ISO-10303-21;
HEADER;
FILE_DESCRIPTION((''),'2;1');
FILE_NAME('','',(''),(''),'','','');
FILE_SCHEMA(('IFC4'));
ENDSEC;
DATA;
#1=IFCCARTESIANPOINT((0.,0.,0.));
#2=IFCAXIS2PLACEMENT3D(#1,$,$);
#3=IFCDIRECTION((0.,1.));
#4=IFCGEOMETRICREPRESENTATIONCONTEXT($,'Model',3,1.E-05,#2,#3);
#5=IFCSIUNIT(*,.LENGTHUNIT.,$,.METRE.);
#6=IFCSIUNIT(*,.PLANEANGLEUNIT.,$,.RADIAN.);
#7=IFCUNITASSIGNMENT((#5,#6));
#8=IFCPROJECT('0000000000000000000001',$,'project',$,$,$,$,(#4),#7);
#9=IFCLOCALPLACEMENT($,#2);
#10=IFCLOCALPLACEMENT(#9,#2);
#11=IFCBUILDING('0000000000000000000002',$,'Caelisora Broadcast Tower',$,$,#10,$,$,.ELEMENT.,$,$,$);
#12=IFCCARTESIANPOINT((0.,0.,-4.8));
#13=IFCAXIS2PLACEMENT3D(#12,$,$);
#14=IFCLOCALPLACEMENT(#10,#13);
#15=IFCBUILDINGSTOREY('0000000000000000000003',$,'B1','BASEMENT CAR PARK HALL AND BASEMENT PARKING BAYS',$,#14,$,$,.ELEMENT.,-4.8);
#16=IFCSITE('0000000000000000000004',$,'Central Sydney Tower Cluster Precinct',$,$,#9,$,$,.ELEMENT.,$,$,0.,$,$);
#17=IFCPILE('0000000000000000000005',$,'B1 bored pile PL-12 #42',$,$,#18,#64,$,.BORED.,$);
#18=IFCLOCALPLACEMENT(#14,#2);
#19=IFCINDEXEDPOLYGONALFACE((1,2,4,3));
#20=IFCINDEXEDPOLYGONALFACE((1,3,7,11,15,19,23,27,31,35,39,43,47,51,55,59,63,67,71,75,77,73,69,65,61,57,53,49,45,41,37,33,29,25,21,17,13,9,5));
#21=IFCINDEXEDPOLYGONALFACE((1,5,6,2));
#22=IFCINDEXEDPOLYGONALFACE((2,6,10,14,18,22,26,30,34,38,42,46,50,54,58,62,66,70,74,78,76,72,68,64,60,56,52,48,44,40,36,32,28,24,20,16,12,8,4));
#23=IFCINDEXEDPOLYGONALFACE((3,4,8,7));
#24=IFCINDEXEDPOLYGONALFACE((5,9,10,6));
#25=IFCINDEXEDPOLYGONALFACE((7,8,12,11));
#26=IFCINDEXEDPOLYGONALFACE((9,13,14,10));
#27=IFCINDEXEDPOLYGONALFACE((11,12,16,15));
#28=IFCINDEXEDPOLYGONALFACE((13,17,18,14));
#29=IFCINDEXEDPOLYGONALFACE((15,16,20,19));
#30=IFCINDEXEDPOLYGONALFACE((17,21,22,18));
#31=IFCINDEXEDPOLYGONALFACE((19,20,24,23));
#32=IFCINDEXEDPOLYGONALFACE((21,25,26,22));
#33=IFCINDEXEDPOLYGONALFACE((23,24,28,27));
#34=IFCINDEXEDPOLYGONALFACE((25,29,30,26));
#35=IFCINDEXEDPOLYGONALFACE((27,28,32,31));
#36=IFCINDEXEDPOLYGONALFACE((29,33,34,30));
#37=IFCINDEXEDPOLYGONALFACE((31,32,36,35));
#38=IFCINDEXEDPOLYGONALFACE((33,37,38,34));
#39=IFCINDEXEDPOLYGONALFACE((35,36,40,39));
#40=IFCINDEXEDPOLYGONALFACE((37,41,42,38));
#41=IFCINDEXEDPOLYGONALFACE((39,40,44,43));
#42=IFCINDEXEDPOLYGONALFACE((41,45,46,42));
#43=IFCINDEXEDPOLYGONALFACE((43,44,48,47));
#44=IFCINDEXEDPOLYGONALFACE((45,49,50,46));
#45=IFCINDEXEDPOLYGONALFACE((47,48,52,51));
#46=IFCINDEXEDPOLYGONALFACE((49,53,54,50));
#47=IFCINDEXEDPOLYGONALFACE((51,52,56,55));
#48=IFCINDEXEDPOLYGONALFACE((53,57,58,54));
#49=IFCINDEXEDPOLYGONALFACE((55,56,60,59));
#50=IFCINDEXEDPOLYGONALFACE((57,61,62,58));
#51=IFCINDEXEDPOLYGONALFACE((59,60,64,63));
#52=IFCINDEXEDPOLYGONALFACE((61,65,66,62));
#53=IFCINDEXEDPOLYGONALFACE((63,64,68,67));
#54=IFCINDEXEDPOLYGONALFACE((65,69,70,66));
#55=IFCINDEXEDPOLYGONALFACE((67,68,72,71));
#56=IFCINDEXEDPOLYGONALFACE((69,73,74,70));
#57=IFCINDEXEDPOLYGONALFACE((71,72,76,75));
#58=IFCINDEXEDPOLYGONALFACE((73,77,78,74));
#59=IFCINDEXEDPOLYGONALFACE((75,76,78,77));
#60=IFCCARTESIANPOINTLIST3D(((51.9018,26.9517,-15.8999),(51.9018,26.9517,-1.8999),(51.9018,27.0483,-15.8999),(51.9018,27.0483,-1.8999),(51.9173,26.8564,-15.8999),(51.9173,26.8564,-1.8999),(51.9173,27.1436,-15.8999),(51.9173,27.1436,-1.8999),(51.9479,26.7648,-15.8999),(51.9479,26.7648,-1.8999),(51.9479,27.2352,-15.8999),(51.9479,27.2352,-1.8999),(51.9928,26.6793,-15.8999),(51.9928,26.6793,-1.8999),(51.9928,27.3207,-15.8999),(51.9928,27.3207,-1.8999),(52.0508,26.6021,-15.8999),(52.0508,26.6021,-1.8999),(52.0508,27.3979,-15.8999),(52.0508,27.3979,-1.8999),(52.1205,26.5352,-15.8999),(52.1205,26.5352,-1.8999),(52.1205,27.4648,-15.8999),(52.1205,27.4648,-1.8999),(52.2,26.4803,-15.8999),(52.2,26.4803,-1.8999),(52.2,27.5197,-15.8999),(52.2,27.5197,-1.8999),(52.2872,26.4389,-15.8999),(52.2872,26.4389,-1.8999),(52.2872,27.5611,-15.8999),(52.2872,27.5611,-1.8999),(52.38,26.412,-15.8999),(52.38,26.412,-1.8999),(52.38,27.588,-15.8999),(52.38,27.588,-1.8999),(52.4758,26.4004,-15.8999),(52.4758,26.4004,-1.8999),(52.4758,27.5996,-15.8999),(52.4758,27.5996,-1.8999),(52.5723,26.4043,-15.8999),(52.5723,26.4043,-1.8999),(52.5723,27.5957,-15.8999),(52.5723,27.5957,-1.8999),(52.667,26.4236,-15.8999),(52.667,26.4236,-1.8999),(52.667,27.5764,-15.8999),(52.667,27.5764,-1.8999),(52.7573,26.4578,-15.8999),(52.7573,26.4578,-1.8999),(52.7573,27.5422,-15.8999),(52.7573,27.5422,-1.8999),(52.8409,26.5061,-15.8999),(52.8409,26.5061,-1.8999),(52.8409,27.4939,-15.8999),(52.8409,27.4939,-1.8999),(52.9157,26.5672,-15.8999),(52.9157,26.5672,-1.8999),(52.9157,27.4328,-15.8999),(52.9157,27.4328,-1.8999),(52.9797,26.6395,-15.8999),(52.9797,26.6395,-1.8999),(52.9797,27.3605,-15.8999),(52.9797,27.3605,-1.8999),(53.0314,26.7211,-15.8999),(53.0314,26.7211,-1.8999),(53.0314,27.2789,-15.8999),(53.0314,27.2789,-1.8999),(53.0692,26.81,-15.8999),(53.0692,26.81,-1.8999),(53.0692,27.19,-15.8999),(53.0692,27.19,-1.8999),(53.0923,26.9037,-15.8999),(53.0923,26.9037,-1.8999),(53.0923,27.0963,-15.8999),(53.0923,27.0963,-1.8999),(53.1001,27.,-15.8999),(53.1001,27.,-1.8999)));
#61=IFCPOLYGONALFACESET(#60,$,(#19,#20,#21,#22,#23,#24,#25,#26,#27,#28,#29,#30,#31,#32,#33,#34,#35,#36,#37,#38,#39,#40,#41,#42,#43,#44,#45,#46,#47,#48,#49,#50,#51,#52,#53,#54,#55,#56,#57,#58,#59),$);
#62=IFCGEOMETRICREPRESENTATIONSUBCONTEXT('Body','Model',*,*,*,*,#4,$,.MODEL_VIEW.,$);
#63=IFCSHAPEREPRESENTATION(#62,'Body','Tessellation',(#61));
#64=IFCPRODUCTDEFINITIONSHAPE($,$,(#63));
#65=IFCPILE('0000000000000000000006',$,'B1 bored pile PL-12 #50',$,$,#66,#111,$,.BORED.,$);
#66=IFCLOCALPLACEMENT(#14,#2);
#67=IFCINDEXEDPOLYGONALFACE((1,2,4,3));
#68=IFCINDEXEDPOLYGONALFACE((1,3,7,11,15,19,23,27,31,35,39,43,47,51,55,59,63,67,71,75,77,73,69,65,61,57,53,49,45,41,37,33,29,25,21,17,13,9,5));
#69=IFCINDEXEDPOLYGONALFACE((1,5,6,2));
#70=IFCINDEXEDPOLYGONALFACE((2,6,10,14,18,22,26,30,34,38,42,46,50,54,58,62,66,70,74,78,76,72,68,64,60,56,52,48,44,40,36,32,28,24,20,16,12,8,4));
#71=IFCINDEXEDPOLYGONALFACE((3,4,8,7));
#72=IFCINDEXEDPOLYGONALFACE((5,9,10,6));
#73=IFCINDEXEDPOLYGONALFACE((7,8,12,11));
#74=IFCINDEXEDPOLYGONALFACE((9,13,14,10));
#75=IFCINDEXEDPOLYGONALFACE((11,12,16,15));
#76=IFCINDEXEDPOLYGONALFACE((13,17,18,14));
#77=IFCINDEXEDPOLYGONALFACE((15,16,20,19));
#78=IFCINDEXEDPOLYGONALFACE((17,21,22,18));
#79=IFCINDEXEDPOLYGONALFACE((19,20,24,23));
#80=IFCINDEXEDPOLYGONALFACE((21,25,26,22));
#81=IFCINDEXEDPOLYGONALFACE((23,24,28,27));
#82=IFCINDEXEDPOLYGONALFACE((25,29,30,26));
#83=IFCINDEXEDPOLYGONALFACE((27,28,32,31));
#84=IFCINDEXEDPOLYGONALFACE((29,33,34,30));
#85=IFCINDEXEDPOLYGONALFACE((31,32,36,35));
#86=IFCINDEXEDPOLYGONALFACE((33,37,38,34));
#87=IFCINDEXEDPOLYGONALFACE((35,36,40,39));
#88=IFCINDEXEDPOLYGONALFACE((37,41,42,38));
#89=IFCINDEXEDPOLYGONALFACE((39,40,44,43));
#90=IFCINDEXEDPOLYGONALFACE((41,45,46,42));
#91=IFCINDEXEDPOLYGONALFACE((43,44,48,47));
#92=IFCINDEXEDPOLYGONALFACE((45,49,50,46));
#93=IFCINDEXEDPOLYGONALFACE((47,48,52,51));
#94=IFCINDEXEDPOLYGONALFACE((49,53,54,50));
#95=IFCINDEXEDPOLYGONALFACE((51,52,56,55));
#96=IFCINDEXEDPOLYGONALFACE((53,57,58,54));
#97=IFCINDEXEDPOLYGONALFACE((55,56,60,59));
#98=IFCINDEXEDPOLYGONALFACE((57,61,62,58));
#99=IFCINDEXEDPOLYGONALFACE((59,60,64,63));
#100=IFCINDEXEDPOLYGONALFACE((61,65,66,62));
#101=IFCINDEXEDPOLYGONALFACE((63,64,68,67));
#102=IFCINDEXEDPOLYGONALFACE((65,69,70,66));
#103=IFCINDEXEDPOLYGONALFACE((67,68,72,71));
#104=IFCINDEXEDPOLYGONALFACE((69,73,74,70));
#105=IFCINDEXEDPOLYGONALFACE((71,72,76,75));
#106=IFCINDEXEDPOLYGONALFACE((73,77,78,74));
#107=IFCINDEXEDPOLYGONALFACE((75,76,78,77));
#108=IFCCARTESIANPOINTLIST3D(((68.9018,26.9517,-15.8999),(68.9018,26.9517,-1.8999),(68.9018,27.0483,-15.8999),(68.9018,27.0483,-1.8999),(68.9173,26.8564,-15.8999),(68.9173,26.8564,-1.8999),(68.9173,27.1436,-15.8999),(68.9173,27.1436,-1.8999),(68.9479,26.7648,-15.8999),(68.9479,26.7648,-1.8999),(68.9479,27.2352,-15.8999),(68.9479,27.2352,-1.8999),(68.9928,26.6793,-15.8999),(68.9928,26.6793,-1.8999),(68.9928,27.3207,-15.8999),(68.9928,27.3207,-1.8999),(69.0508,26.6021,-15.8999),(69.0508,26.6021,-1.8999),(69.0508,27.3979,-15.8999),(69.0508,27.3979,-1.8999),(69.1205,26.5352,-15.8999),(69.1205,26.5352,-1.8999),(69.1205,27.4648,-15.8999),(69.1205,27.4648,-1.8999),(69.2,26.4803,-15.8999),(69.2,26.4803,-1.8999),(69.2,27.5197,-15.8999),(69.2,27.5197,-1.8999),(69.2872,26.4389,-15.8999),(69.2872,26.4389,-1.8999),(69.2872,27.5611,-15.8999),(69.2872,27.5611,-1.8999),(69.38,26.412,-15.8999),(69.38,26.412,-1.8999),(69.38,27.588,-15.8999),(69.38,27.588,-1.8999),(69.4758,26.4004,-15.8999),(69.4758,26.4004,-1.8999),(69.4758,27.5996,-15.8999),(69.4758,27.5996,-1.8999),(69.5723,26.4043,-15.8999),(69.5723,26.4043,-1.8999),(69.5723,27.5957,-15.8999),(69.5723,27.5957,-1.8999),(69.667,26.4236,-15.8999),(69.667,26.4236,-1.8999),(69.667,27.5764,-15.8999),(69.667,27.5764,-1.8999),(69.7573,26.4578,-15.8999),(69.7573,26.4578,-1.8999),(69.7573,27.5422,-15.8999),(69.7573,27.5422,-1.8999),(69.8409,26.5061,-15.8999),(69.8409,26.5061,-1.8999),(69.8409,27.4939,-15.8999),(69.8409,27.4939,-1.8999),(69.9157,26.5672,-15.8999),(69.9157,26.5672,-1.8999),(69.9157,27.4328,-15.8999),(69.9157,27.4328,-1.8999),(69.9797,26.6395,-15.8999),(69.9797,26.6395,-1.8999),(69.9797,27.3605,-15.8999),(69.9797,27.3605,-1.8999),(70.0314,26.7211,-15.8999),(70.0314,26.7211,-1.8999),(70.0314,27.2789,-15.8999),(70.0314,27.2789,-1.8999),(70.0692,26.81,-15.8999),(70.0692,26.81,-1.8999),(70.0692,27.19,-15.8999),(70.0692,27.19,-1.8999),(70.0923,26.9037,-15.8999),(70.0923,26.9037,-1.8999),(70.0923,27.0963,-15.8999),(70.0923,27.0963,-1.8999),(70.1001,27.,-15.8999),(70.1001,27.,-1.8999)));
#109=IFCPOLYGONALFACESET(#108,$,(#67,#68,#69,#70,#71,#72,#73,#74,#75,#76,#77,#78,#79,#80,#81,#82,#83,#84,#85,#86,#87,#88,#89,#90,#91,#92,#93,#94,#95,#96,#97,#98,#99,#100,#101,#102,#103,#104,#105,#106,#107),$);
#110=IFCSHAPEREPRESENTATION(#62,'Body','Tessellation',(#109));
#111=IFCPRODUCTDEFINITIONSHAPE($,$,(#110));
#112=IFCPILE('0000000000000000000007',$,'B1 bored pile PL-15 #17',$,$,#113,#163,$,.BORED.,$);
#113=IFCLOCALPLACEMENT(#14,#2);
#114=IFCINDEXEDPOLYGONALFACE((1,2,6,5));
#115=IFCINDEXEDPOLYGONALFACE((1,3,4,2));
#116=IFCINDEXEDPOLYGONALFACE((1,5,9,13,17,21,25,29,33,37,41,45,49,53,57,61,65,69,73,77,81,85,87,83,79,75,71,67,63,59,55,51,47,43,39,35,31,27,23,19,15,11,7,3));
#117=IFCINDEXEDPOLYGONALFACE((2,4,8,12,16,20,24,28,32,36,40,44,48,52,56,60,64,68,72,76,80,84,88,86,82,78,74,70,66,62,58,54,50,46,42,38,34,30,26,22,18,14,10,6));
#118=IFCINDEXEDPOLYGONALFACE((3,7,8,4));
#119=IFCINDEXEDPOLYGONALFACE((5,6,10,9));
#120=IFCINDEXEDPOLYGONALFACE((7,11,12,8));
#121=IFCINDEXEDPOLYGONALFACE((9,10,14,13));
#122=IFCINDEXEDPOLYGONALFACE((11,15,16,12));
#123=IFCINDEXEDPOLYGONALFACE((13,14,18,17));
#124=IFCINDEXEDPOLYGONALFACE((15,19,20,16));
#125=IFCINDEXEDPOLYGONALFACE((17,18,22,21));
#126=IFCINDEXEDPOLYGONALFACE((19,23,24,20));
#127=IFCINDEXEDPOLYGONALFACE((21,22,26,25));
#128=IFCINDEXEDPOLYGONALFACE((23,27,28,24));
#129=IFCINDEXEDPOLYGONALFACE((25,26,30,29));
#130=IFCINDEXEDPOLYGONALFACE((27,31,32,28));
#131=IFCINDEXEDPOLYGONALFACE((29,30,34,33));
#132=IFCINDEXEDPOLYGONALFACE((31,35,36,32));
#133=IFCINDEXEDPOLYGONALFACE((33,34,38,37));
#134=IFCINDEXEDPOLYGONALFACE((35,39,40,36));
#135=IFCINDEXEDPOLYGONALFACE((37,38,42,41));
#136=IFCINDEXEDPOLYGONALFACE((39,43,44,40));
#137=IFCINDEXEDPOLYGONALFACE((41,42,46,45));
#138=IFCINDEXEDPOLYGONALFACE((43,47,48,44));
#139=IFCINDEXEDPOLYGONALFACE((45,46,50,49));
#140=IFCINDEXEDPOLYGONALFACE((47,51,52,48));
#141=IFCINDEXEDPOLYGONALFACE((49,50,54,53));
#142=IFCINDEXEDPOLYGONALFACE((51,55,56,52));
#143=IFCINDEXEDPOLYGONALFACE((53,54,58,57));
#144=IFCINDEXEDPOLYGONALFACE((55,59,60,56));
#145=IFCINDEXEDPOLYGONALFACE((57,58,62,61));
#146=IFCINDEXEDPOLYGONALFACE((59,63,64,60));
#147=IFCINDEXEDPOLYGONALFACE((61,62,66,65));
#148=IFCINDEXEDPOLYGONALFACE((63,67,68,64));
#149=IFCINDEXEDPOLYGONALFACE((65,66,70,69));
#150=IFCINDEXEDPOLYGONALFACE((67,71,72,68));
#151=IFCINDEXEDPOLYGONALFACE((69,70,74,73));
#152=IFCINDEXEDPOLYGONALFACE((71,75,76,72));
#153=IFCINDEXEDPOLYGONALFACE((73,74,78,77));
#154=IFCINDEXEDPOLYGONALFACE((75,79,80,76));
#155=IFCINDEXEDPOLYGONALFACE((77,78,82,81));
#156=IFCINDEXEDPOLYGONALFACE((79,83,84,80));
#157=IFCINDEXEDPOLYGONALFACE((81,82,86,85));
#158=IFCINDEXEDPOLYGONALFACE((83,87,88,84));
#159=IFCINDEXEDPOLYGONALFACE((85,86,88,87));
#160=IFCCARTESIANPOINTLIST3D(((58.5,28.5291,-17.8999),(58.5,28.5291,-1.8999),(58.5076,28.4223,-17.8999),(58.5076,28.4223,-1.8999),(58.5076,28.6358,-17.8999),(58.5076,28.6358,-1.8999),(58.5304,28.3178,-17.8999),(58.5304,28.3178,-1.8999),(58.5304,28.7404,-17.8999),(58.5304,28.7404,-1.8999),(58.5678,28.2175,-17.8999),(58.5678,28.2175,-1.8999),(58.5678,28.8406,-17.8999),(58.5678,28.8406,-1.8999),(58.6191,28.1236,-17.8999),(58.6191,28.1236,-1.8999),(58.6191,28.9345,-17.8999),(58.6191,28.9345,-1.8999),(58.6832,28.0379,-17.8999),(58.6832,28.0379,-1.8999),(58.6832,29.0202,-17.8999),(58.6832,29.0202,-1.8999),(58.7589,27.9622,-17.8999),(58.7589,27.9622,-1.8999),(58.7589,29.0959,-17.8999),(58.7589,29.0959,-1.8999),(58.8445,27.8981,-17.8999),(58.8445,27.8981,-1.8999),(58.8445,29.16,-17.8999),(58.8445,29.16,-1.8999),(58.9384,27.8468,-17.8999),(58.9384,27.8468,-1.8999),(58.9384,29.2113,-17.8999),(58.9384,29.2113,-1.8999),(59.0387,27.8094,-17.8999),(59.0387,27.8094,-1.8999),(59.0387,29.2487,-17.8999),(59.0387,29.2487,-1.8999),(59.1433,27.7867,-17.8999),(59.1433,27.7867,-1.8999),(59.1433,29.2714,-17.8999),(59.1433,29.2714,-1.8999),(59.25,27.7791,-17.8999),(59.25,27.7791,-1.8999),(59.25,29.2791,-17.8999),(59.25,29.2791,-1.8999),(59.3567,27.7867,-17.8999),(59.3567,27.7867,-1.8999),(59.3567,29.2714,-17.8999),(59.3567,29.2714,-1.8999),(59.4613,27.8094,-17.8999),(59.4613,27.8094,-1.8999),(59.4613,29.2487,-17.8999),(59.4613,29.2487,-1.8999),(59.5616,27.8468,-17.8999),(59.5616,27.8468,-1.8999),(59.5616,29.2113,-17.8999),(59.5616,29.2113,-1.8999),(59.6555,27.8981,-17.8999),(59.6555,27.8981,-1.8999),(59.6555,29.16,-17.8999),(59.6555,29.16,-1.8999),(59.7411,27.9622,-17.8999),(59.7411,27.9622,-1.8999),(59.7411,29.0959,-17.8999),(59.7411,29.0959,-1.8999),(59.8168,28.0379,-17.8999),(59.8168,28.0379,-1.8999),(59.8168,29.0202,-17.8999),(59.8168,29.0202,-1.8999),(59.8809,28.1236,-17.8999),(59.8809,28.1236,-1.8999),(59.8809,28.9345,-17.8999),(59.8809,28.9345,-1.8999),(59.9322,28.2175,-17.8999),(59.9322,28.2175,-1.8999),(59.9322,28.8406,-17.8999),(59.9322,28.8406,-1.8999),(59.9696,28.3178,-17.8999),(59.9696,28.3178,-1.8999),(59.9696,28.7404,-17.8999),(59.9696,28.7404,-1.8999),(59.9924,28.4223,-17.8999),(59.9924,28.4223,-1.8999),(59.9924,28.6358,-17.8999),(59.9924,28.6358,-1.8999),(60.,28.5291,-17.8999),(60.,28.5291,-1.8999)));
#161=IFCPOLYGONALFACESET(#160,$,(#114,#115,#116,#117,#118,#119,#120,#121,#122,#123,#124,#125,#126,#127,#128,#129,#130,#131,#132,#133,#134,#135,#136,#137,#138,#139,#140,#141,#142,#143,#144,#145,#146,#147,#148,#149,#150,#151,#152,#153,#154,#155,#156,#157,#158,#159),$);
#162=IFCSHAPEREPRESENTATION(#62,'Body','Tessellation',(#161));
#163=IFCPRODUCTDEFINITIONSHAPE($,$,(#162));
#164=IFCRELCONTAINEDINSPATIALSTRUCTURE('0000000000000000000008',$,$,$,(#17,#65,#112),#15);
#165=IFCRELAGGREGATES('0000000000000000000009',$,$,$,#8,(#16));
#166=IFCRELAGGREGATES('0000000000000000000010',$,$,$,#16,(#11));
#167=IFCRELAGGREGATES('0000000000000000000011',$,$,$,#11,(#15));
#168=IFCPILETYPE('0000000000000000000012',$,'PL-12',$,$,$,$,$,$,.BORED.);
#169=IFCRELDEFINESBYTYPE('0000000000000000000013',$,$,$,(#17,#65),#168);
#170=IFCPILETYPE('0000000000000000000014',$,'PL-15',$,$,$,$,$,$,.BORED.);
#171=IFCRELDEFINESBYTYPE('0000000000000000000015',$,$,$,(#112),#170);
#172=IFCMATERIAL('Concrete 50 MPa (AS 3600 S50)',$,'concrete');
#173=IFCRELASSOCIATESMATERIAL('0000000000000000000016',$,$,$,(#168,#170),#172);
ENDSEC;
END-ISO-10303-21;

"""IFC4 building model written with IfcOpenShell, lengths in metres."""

from ifc_helpers import new_model, si_unit, direction, frame, origin, origin_2d, place, context, subcontext, project, spatial, circle, extrude, material, material_profile, profile_set, type_object, element, save


model = new_model("IFC4")

# Units and contexts
model_context = context("Model", 3, precision=1e-05, world=origin(), true_north=direction((0.0, 1.0)))
body_context = subcontext(model_context, "Body", "Model", "MODEL_VIEW")
ifc_project = project(units=[si_unit("LENGTHUNIT", "METRE"), si_unit("PLANEANGLEUNIT", "RADIAN")], contexts=[model_context])

# Site, building, storey
site_placement = place(None, origin())
site = spatial("IfcSite", under=ifc_project, at=site_placement, Name="Central Sydney Tower Cluster Precinct", CompositionType="ELEMENT", RefElevation=0.0)
building_placement = place(site_placement, origin())
building = spatial("IfcBuilding", under=site, at=building_placement, Name="Caelisora Broadcast Tower", CompositionType="ELEMENT")
storey_placement = place(building_placement, frame((0.0, 0.0, -4.8)))
storey = spatial("IfcBuildingStorey", under=building, at=storey_placement, Name="B1", Description="BASEMENT CAR PARK HALL AND BASEMENT PARKING BAYS", CompositionType="ELEMENT", Elevation=-4.8)

# Piles
ifc_material_1 = material(Name="Concrete 50 MPa (AS 3600 S50)", Category="concrete")
ifc_material_profile_1 = material_profile(ifc_material_1, circle(Radius=0.6001, at=origin_2d()), Name="Concrete 50 MPa (AS 3600 S50)")
ifc_profile_set_1 = profile_set([ifc_material_profile_1], Name="Concrete 50 MPa (AS 3600 S50)")
pile_type_1 = type_object("IfcPileType", Name="PL-12", PredefinedType="BORED", material=ifc_profile_set_1)
for number, where, z_axis, x_axis, name in (
    (1, (52.5, 27.0, -1.8999), (0.0, 0.0, -1.0), (1.0, 0.0, 0.0), "B1 bored pile PL-12 #42"),
    (2, (69.5, 27.0, -1.8999), (0.0, 0.0, -1.0), (1.0, 0.0, 0.0), "B1 bored pile PL-12 #50"),
):
    element("IfcPile", number, at=place(storey_placement, frame(where, z_axis=z_axis, x_axis=x_axis)), inside=storey, type_object=pile_type_1, Name=name, PredefinedType="BORED", context=body_context, shape_type="SweptSolid", body=[
        extrude(circle(Radius=0.6001, at=origin_2d()), origin(), (0.0, 0.0, 1.0), 14.0),
    ])
ifc_material_profile_2 = material_profile(ifc_material_1, circle(Radius=0.75, at=origin_2d()), Name="Concrete 50 MPa (AS 3600 S50)")
ifc_profile_set_2 = profile_set([ifc_material_profile_2], Name="Concrete 50 MPa (AS 3600 S50)")
pile_type_2 = type_object("IfcPileType", Name="PL-15", PredefinedType="BORED", material=ifc_profile_set_2)
for number, where, z_axis, x_axis, name in (
    (3, (59.25, 28.5291, -1.8999), (0.0, 0.0, -1.0), (1.0, 0.0, 0.0), "B1 bored pile PL-15 #17"),
):
    element("IfcPile", number, at=place(storey_placement, frame(where, z_axis=z_axis, x_axis=x_axis)), inside=storey, type_object=pile_type_2, Name=name, PredefinedType="BORED", context=body_context, shape_type="SweptSolid", body=[
        extrude(circle(Radius=0.75, at=origin_2d()), origin(), (0.0, 0.0, 1.0), 16.0),
    ])

save(model, "model.ifc")
